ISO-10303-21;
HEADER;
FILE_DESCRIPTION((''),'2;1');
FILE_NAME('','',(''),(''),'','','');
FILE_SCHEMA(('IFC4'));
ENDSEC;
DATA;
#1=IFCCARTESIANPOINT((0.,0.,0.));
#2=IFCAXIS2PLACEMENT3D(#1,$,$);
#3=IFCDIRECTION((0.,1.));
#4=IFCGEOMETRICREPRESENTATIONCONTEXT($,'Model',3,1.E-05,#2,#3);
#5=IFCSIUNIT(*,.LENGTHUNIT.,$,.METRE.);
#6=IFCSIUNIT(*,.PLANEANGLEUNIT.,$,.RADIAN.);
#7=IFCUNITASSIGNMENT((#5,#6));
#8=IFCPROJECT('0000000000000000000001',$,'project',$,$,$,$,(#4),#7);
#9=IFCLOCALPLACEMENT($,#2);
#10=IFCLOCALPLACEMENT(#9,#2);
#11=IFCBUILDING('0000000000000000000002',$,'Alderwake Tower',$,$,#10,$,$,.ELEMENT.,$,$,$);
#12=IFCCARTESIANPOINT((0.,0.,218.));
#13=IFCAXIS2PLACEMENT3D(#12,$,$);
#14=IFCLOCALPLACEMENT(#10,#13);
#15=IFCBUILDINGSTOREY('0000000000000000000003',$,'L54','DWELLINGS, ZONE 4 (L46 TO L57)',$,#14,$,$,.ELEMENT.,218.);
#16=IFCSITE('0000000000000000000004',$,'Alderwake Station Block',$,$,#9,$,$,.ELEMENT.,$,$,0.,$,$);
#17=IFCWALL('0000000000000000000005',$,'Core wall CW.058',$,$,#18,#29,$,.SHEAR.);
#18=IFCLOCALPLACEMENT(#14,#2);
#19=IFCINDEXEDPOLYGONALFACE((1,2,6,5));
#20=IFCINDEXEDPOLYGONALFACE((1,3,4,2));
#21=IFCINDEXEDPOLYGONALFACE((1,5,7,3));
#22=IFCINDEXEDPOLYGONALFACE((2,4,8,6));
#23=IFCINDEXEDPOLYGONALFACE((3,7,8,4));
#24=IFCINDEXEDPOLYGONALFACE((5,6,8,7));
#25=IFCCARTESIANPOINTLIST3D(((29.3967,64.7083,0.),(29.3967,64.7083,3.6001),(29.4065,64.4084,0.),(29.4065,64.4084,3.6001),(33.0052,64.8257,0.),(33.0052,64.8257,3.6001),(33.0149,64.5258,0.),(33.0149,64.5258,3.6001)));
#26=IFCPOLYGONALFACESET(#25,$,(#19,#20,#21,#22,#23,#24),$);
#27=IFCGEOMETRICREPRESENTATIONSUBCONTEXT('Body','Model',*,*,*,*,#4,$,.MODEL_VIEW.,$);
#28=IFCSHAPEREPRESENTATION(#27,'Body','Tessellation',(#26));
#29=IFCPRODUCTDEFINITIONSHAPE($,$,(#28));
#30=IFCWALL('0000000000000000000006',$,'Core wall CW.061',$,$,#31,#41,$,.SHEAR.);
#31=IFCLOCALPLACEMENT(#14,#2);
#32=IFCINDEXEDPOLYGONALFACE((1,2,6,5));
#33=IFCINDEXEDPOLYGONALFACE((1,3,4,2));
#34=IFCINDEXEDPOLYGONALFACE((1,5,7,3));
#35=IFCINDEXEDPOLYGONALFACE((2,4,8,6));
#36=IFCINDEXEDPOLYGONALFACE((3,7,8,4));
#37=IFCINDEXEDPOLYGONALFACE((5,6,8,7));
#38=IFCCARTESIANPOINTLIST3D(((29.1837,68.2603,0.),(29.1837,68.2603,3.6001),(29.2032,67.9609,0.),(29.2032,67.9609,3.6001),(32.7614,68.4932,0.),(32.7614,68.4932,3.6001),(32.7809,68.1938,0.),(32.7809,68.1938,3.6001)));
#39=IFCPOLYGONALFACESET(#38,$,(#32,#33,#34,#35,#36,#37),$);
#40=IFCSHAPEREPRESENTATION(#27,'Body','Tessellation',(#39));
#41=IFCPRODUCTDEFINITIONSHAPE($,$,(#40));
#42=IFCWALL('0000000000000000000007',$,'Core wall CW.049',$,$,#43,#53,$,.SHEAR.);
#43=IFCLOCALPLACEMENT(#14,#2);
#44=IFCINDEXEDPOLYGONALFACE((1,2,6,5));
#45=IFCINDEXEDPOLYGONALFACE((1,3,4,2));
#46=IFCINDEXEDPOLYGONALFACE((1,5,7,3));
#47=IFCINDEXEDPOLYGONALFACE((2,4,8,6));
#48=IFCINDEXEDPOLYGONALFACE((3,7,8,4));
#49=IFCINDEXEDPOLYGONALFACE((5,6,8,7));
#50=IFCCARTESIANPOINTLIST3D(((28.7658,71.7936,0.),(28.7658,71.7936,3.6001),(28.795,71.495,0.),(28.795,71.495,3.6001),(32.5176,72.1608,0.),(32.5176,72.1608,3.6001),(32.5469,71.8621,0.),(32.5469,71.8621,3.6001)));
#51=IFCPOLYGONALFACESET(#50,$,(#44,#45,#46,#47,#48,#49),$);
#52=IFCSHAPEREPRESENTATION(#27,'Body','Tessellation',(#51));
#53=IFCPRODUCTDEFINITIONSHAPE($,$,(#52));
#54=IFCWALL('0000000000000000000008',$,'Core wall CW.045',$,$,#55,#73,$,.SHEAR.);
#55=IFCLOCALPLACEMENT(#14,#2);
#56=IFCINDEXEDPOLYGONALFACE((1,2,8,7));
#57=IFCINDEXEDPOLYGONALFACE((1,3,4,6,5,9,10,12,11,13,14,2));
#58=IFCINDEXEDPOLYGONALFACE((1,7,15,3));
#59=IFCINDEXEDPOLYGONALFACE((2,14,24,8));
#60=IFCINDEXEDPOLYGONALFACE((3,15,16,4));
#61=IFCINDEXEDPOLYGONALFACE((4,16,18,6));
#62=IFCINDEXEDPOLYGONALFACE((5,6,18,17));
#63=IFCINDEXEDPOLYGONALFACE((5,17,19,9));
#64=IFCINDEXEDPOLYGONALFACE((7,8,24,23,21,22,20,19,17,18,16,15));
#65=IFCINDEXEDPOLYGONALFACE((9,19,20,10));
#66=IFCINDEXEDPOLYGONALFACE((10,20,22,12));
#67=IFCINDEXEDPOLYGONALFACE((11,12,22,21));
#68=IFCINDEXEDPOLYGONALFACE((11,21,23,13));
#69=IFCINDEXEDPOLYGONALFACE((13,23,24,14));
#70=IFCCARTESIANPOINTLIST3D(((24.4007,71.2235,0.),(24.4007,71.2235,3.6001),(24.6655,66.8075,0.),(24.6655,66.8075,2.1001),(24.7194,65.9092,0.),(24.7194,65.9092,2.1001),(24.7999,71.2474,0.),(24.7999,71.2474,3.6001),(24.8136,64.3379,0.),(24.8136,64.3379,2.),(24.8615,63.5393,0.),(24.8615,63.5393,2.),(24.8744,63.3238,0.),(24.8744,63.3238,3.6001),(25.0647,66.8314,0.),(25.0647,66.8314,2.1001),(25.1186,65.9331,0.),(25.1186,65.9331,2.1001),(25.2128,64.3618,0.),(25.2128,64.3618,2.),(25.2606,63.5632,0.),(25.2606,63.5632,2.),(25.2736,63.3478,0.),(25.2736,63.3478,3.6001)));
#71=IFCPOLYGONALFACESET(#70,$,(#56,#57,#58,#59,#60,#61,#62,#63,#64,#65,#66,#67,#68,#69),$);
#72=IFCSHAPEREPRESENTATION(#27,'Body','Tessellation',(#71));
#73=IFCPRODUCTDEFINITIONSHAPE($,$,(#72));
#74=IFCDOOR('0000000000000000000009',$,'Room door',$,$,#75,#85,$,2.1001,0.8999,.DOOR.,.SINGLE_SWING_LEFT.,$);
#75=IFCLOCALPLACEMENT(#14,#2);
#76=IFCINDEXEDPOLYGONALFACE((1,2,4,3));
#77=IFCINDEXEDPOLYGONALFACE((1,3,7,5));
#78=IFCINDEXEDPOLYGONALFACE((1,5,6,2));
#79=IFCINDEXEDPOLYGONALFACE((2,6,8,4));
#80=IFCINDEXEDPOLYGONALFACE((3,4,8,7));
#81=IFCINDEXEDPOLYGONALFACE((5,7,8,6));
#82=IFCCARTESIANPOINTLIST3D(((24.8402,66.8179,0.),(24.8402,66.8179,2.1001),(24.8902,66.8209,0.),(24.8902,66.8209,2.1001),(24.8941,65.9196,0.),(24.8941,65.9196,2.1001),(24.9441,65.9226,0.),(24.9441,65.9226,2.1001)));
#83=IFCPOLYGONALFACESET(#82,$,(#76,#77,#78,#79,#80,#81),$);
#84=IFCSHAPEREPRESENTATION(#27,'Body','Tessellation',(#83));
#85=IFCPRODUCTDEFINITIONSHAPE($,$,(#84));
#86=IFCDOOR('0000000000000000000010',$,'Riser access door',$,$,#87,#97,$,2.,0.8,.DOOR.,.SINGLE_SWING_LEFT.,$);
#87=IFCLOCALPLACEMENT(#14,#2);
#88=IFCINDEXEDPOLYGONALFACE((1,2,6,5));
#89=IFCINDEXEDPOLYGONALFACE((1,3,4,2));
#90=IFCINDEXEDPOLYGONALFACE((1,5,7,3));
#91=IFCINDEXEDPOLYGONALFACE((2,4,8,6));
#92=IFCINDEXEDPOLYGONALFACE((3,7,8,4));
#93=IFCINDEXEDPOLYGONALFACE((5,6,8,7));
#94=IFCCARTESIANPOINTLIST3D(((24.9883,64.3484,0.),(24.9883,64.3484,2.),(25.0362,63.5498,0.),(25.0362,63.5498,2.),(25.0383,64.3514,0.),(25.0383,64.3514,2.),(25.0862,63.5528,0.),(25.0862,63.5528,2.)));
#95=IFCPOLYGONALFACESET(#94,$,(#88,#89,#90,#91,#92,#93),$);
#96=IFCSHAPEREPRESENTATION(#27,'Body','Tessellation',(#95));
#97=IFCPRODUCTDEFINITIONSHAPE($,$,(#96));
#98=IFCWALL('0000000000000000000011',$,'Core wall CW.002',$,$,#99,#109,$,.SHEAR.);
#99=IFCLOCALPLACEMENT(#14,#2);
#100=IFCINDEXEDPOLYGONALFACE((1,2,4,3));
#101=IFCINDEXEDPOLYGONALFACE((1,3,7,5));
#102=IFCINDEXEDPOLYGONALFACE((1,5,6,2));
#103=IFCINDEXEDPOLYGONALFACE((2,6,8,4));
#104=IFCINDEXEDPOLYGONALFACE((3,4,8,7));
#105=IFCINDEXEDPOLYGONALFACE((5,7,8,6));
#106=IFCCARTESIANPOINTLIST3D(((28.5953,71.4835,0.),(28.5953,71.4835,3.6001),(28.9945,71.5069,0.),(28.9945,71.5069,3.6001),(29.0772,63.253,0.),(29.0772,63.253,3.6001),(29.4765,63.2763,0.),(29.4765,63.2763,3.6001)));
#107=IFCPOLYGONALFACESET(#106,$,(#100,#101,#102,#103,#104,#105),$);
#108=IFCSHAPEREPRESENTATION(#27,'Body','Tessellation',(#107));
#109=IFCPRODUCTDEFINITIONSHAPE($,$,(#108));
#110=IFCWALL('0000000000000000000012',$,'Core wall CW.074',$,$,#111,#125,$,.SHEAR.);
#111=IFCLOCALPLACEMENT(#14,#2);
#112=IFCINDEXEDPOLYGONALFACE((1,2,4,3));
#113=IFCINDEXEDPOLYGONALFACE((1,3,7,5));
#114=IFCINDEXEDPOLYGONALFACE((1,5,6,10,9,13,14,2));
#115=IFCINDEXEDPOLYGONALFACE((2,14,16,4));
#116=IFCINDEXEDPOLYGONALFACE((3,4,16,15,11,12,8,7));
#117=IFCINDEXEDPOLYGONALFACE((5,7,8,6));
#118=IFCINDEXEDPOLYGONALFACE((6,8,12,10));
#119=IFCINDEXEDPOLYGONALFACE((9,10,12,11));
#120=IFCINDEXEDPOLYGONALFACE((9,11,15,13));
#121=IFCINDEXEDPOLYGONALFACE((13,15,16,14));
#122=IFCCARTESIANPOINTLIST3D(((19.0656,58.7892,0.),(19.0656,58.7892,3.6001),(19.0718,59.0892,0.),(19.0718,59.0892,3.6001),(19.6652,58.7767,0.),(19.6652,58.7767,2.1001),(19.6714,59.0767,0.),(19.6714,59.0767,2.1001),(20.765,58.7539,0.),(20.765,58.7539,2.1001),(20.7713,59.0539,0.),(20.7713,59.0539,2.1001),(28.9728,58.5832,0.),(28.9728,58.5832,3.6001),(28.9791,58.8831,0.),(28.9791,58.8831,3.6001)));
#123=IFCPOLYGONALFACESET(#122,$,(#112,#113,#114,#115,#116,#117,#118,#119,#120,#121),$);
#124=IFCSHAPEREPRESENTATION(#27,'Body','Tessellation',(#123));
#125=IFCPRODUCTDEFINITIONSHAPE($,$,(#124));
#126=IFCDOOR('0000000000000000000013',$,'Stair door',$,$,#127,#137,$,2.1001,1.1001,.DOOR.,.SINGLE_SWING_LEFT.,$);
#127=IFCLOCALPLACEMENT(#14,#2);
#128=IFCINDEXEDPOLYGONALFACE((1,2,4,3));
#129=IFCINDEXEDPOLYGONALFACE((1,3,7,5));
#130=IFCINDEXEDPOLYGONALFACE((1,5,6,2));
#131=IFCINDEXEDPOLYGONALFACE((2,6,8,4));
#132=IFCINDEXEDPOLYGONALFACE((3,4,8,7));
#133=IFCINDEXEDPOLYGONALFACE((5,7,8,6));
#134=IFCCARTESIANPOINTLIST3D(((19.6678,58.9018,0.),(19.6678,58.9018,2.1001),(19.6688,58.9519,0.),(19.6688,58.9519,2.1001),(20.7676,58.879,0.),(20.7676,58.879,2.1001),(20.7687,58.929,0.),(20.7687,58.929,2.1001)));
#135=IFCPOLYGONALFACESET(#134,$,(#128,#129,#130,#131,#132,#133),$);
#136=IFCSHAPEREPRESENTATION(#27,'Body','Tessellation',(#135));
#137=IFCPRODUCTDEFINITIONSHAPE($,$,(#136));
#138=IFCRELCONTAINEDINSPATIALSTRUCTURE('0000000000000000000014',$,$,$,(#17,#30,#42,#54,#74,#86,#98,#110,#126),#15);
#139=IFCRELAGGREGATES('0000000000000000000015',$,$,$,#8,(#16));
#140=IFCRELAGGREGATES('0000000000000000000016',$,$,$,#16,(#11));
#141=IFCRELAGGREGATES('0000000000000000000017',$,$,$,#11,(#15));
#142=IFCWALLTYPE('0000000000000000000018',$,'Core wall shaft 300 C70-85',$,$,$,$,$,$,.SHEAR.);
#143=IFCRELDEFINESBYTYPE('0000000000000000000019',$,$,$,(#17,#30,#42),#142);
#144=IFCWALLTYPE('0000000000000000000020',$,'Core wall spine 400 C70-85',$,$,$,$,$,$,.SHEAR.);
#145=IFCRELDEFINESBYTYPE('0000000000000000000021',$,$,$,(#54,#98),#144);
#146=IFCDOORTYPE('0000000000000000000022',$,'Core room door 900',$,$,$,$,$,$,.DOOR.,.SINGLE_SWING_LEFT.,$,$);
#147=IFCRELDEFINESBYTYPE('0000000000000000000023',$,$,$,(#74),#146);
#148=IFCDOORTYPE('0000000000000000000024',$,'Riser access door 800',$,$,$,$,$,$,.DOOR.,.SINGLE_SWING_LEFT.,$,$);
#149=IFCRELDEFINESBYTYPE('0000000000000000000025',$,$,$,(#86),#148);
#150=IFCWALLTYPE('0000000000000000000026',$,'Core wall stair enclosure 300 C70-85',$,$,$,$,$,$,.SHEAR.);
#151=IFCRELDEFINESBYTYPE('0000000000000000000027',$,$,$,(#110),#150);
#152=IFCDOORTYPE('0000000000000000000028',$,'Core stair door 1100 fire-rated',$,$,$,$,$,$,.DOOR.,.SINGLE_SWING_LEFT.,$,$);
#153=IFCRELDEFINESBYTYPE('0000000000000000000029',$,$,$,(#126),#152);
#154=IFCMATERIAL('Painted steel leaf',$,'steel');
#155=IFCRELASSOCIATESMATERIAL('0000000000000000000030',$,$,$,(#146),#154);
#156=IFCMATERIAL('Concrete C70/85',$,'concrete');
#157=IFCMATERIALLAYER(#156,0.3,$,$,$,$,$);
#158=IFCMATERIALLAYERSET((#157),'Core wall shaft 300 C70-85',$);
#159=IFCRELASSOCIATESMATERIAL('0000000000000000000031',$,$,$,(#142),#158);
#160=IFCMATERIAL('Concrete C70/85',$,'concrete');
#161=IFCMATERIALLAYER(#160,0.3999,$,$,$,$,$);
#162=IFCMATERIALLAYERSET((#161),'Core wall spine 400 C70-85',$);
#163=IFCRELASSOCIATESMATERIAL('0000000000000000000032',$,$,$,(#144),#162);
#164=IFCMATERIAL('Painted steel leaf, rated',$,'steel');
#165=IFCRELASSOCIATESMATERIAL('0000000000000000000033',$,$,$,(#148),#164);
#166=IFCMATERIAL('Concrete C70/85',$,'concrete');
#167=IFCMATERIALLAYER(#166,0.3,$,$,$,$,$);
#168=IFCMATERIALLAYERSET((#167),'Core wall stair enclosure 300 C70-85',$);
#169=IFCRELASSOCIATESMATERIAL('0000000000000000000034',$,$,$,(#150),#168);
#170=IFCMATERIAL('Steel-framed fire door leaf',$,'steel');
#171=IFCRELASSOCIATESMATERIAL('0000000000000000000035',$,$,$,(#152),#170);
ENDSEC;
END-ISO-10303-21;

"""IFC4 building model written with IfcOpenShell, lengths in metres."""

from ifc_helpers import new_model, si_unit, direction, frame, frame_2d, origin, place, context, subcontext, project, spatial, rectangle, extrude, material, layer, layer_set, type_object, element, fill, save


model = new_model("IFC4")

# Units and contexts
model_context = context("Model", 3, precision=1e-05, world=origin(), true_north=direction((0.0, 1.0)))
body_context = subcontext(model_context, "Body", "Model", "MODEL_VIEW")
ifc_project = project(units=[si_unit("LENGTHUNIT", "METRE"), si_unit("PLANEANGLEUNIT", "RADIAN")], contexts=[model_context])

# Site, building, storey
site_placement = place(None, origin())
site = spatial("IfcSite", under=ifc_project, at=site_placement, Name="Alderwake Station Block", CompositionType="ELEMENT", RefElevation=0.0)
building_placement = place(site_placement, origin())
building = spatial("IfcBuilding", under=site, at=building_placement, Name="Alderwake Tower", CompositionType="ELEMENT")
storey_placement = place(building_placement, frame((0.0, 0.0, 218.0)))
storey = spatial("IfcBuildingStorey", under=building, at=storey_placement, Name="L54", Description="DWELLINGS, ZONE 4 (L46 TO L57)", CompositionType="ELEMENT", Elevation=218.0)

# Shared definitions
ifc_material_1 = material(Name="Painted steel leaf", Category="steel")
door_type_1 = type_object("IfcDoorType", Name="Core room door 900", OperationType="SINGLE_SWING_LEFT", PredefinedType="DOOR", material=ifc_material_1)

# Walls
ifc_material_2 = material(Name="Concrete C70/85", Category="concrete")
ifc_layer_1 = layer(ifc_material_2, 0.3)
ifc_layer_set_1 = layer_set([ifc_layer_1], Name="Core wall shaft 300 C70-85")
wall_type_1 = type_object("IfcWallType", Name="Core wall shaft 300 C70-85", PredefinedType="SHEAR", material=ifc_layer_set_1)
wall_1_placement = place(storey_placement, frame((29.4016, 64.5583, 0.0), z_axis=(0.0, 0.0, 1.0), x_axis=(0.999471, 0.032527, 0.0)))
element("IfcWall", 1, at=wall_1_placement, inside=storey, type_object=wall_type_1, Name="Core wall CW.058", PredefinedType="SHEAR", context=body_context, shape_type="SweptSolid", body=[
    extrude(rectangle(XDim=3.6104, YDim=0.3, at=frame_2d((1.8052, 0.0))), origin(), (0.0, 0.0, 1.0), 3.6001),
])
wall_2_placement = place(storey_placement, frame((29.1936, 68.1106, 0.0), z_axis=(0.0, 0.0, 1.0), x_axis=(0.997888, 0.064964, 0.0)))
element("IfcWall", 2, at=wall_2_placement, inside=storey, type_object=wall_type_1, Name="Core wall CW.061", PredefinedType="SHEAR", context=body_context, shape_type="SweptSolid", body=[
    extrude(rectangle(XDim=3.5852, YDim=0.3, at=frame_2d((1.7925, 0.0))), origin(), (0.0, 0.0, 1.0), 3.6001),
])
wall_3_placement = place(storey_placement, frame((28.7805, 71.6443, 0.0), z_axis=(0.0, 0.0, 1.0), x_axis=(0.995245, 0.0974, 0.0)))
element("IfcWall", 3, at=wall_3_placement, inside=storey, type_object=wall_type_1, Name="Core wall CW.049", PredefinedType="SHEAR", context=body_context, shape_type="SweptSolid", body=[
    extrude(rectangle(XDim=3.7698, YDim=0.3, at=frame_2d((1.8848, 0.0))), origin(), (0.0, 0.0, 1.0), 3.6001),
])

# Wall, openings, doors
ifc_material_3 = material(Name="Concrete C70/85", Category="concrete")
ifc_layer_2 = layer(ifc_material_3, 0.3999)
ifc_layer_set_2 = layer_set([ifc_layer_2], Name="Core wall spine 400 C70-85")
wall_type_2 = type_object("IfcWallType", Name="Core wall spine 400 C70-85", PredefinedType="SHEAR", material=ifc_layer_set_2)
wall_4_placement = place(storey_placement, frame((25.074, 63.3357, 0.0), z_axis=(0.0, 0.0, 1.0), x_axis=(-0.059849, 0.998207, 0.0)))
wall_4 = element("IfcWall", 4, at=wall_4_placement, inside=storey, type_object=wall_type_2, Name="Core wall CW.045", PredefinedType="SHEAR", context=body_context, shape_type="SweptSolid", body=[
    extrude(rectangle(XDim=7.9138, YDim=0.3999, at=frame_2d((3.957, 0.0))), origin(), (0.0, 0.0, 1.0), 3.6001),
])
opening_1_placement = place(wall_4_placement, frame((0.2161, 0.0, 0.0)))
opening_1 = element("IfcOpeningElement", 5, at=opening_1_placement, cuts=wall_4, PredefinedType="OPENING", context=body_context, shape_type="SweptSolid", body=[
    extrude(rectangle(XDim=0.8, YDim=2.0, at=frame_2d((0.3999, 1.0))), frame((0.0, 0.21, 0.0), z_axis=(0.0, -1.0, 0.0), x_axis=(1.0, 0.0, 0.0)), (0.0, 0.0, 1.0), 0.4199),
])
opening_2_placement = place(wall_4_placement, frame((2.5901, 0.0, 0.0)))
opening_2 = element("IfcOpeningElement", 6, at=opening_2_placement, cuts=wall_4, PredefinedType="OPENING", context=body_context, shape_type="SweptSolid", body=[
    extrude(rectangle(XDim=0.8999, YDim=2.1001, at=frame_2d((0.45, 1.05))), frame((0.0, 0.21, 0.0), z_axis=(0.0, -1.0, 0.0), x_axis=(1.0, 0.0, 0.0)), (0.0, 0.0, 1.0), 0.4199),
])
door_1_placement = place(opening_2_placement, origin())
door_1 = element("IfcDoor", 7, at=door_1_placement, inside=storey, type_object=door_type_1, Name="Room door", OperationType="SINGLE_SWING_LEFT", OverallHeight=2.1001, OverallWidth=0.8999, PredefinedType="DOOR", context=body_context, shape_type="SweptSolid", body=[
    extrude(rectangle(XDim=0.8999, YDim=2.1001, at=frame_2d((0.45, 1.05))), frame((0.0, 0.0249, 0.0), z_axis=(0.0, -1.0, 0.0), x_axis=(1.0, 0.0, 0.0)), (0.0, 0.0, 1.0), 0.05),
])
fill(opening_2, door_1)
ifc_material_4 = material(Name="Painted steel leaf, rated", Category="steel")
door_type_2 = type_object("IfcDoorType", Name="Riser access door 800", OperationType="SINGLE_SWING_LEFT", PredefinedType="DOOR", material=ifc_material_4)
door_2_placement = place(opening_1_placement, origin())
door_2 = element("IfcDoor", 8, at=door_2_placement, inside=storey, type_object=door_type_2, Name="Riser access door", OperationType="SINGLE_SWING_LEFT", OverallHeight=2.0, OverallWidth=0.8, PredefinedType="DOOR", context=body_context, shape_type="SweptSolid", body=[
    extrude(rectangle(XDim=0.8, YDim=2.0, at=frame_2d((0.3999, 1.0))), frame((0.0, 0.0249, 0.0), z_axis=(0.0, -1.0, 0.0), x_axis=(1.0, 0.0, 0.0)), (0.0, 0.0, 1.0), 0.05),
])
fill(opening_1, door_2)

# Wall
wall_5_placement = place(storey_placement, frame((29.2769, 63.2646, 0.0), z_axis=(0.0, 0.0, 1.0), x_axis=(-0.058455, 0.99829, 0.0)))
element("IfcWall", 9, at=wall_5_placement, inside=storey, type_object=wall_type_2, Name="Core wall CW.002", PredefinedType="SHEAR", context=body_context, shape_type="SweptSolid", body=[
    extrude(rectangle(XDim=8.2446, YDim=0.3999, at=frame_2d((4.1223, 0.0))), origin(), (0.0, 0.0, 1.0), 3.6001),
])

# Wall, opening, door
ifc_material_5 = material(Name="Concrete C70/85", Category="concrete")
ifc_layer_3 = layer(ifc_material_5, 0.3)
ifc_layer_set_3 = layer_set([ifc_layer_3], Name="Core wall stair enclosure 300 C70-85")
wall_type_3 = type_object("IfcWallType", Name="Core wall stair enclosure 300 C70-85", PredefinedType="SHEAR", material=ifc_layer_set_3)
wall_6_placement = place(storey_placement, frame((28.9758, 58.7332, 0.0), z_axis=(0.0, 0.0, 1.0), x_axis=(-0.999784, 0.020794, 0.0)))
wall_6 = element("IfcWall", 10, at=wall_6_placement, inside=storey, type_object=wall_type_3, Name="Core wall CW.074", PredefinedType="SHEAR", context=body_context, shape_type="SweptSolid", body=[
    extrude(rectangle(XDim=9.9094, YDim=0.3, at=frame_2d((4.9546, 0.0))), origin(), (0.0, 0.0, 1.0), 3.6001),
])
opening_3_placement = place(wall_6_placement, frame((8.2095, 0.0, 0.0)))
opening_3 = element("IfcOpeningElement", 11, at=opening_3_placement, cuts=wall_6, PredefinedType="OPENING", context=body_context, shape_type="SweptSolid", body=[
    extrude(rectangle(XDim=1.1001, YDim=2.1001, at=frame_2d((0.55, 1.05))), frame((0.0, 0.1599, 0.0), z_axis=(0.0, -1.0, 0.0), x_axis=(1.0, 0.0, 0.0)), (0.0, 0.0, 1.0), 0.3201),
])
ifc_material_6 = material(Name="Steel-framed fire door leaf", Category="steel")
door_type_3 = type_object("IfcDoorType", Name="Core stair door 1100 fire-rated", OperationType="SINGLE_SWING_LEFT", PredefinedType="DOOR", material=ifc_material_6)
door_3_placement = place(opening_3_placement, origin())
door_3 = element("IfcDoor", 12, at=door_3_placement, inside=storey, type_object=door_type_3, Name="Stair door", OperationType="SINGLE_SWING_LEFT", OverallHeight=2.1001, OverallWidth=1.1001, PredefinedType="DOOR", context=body_context, shape_type="SweptSolid", body=[
    extrude(rectangle(XDim=1.1001, YDim=2.1001, at=frame_2d((0.55, 1.05))), frame((0.0, 0.0249, 0.0), z_axis=(0.0, -1.0, 0.0), x_axis=(1.0, 0.0, 0.0)), (0.0, 0.0, 1.0), 0.05),
])
fill(opening_3, door_3)

save(model, "model.ifc")
